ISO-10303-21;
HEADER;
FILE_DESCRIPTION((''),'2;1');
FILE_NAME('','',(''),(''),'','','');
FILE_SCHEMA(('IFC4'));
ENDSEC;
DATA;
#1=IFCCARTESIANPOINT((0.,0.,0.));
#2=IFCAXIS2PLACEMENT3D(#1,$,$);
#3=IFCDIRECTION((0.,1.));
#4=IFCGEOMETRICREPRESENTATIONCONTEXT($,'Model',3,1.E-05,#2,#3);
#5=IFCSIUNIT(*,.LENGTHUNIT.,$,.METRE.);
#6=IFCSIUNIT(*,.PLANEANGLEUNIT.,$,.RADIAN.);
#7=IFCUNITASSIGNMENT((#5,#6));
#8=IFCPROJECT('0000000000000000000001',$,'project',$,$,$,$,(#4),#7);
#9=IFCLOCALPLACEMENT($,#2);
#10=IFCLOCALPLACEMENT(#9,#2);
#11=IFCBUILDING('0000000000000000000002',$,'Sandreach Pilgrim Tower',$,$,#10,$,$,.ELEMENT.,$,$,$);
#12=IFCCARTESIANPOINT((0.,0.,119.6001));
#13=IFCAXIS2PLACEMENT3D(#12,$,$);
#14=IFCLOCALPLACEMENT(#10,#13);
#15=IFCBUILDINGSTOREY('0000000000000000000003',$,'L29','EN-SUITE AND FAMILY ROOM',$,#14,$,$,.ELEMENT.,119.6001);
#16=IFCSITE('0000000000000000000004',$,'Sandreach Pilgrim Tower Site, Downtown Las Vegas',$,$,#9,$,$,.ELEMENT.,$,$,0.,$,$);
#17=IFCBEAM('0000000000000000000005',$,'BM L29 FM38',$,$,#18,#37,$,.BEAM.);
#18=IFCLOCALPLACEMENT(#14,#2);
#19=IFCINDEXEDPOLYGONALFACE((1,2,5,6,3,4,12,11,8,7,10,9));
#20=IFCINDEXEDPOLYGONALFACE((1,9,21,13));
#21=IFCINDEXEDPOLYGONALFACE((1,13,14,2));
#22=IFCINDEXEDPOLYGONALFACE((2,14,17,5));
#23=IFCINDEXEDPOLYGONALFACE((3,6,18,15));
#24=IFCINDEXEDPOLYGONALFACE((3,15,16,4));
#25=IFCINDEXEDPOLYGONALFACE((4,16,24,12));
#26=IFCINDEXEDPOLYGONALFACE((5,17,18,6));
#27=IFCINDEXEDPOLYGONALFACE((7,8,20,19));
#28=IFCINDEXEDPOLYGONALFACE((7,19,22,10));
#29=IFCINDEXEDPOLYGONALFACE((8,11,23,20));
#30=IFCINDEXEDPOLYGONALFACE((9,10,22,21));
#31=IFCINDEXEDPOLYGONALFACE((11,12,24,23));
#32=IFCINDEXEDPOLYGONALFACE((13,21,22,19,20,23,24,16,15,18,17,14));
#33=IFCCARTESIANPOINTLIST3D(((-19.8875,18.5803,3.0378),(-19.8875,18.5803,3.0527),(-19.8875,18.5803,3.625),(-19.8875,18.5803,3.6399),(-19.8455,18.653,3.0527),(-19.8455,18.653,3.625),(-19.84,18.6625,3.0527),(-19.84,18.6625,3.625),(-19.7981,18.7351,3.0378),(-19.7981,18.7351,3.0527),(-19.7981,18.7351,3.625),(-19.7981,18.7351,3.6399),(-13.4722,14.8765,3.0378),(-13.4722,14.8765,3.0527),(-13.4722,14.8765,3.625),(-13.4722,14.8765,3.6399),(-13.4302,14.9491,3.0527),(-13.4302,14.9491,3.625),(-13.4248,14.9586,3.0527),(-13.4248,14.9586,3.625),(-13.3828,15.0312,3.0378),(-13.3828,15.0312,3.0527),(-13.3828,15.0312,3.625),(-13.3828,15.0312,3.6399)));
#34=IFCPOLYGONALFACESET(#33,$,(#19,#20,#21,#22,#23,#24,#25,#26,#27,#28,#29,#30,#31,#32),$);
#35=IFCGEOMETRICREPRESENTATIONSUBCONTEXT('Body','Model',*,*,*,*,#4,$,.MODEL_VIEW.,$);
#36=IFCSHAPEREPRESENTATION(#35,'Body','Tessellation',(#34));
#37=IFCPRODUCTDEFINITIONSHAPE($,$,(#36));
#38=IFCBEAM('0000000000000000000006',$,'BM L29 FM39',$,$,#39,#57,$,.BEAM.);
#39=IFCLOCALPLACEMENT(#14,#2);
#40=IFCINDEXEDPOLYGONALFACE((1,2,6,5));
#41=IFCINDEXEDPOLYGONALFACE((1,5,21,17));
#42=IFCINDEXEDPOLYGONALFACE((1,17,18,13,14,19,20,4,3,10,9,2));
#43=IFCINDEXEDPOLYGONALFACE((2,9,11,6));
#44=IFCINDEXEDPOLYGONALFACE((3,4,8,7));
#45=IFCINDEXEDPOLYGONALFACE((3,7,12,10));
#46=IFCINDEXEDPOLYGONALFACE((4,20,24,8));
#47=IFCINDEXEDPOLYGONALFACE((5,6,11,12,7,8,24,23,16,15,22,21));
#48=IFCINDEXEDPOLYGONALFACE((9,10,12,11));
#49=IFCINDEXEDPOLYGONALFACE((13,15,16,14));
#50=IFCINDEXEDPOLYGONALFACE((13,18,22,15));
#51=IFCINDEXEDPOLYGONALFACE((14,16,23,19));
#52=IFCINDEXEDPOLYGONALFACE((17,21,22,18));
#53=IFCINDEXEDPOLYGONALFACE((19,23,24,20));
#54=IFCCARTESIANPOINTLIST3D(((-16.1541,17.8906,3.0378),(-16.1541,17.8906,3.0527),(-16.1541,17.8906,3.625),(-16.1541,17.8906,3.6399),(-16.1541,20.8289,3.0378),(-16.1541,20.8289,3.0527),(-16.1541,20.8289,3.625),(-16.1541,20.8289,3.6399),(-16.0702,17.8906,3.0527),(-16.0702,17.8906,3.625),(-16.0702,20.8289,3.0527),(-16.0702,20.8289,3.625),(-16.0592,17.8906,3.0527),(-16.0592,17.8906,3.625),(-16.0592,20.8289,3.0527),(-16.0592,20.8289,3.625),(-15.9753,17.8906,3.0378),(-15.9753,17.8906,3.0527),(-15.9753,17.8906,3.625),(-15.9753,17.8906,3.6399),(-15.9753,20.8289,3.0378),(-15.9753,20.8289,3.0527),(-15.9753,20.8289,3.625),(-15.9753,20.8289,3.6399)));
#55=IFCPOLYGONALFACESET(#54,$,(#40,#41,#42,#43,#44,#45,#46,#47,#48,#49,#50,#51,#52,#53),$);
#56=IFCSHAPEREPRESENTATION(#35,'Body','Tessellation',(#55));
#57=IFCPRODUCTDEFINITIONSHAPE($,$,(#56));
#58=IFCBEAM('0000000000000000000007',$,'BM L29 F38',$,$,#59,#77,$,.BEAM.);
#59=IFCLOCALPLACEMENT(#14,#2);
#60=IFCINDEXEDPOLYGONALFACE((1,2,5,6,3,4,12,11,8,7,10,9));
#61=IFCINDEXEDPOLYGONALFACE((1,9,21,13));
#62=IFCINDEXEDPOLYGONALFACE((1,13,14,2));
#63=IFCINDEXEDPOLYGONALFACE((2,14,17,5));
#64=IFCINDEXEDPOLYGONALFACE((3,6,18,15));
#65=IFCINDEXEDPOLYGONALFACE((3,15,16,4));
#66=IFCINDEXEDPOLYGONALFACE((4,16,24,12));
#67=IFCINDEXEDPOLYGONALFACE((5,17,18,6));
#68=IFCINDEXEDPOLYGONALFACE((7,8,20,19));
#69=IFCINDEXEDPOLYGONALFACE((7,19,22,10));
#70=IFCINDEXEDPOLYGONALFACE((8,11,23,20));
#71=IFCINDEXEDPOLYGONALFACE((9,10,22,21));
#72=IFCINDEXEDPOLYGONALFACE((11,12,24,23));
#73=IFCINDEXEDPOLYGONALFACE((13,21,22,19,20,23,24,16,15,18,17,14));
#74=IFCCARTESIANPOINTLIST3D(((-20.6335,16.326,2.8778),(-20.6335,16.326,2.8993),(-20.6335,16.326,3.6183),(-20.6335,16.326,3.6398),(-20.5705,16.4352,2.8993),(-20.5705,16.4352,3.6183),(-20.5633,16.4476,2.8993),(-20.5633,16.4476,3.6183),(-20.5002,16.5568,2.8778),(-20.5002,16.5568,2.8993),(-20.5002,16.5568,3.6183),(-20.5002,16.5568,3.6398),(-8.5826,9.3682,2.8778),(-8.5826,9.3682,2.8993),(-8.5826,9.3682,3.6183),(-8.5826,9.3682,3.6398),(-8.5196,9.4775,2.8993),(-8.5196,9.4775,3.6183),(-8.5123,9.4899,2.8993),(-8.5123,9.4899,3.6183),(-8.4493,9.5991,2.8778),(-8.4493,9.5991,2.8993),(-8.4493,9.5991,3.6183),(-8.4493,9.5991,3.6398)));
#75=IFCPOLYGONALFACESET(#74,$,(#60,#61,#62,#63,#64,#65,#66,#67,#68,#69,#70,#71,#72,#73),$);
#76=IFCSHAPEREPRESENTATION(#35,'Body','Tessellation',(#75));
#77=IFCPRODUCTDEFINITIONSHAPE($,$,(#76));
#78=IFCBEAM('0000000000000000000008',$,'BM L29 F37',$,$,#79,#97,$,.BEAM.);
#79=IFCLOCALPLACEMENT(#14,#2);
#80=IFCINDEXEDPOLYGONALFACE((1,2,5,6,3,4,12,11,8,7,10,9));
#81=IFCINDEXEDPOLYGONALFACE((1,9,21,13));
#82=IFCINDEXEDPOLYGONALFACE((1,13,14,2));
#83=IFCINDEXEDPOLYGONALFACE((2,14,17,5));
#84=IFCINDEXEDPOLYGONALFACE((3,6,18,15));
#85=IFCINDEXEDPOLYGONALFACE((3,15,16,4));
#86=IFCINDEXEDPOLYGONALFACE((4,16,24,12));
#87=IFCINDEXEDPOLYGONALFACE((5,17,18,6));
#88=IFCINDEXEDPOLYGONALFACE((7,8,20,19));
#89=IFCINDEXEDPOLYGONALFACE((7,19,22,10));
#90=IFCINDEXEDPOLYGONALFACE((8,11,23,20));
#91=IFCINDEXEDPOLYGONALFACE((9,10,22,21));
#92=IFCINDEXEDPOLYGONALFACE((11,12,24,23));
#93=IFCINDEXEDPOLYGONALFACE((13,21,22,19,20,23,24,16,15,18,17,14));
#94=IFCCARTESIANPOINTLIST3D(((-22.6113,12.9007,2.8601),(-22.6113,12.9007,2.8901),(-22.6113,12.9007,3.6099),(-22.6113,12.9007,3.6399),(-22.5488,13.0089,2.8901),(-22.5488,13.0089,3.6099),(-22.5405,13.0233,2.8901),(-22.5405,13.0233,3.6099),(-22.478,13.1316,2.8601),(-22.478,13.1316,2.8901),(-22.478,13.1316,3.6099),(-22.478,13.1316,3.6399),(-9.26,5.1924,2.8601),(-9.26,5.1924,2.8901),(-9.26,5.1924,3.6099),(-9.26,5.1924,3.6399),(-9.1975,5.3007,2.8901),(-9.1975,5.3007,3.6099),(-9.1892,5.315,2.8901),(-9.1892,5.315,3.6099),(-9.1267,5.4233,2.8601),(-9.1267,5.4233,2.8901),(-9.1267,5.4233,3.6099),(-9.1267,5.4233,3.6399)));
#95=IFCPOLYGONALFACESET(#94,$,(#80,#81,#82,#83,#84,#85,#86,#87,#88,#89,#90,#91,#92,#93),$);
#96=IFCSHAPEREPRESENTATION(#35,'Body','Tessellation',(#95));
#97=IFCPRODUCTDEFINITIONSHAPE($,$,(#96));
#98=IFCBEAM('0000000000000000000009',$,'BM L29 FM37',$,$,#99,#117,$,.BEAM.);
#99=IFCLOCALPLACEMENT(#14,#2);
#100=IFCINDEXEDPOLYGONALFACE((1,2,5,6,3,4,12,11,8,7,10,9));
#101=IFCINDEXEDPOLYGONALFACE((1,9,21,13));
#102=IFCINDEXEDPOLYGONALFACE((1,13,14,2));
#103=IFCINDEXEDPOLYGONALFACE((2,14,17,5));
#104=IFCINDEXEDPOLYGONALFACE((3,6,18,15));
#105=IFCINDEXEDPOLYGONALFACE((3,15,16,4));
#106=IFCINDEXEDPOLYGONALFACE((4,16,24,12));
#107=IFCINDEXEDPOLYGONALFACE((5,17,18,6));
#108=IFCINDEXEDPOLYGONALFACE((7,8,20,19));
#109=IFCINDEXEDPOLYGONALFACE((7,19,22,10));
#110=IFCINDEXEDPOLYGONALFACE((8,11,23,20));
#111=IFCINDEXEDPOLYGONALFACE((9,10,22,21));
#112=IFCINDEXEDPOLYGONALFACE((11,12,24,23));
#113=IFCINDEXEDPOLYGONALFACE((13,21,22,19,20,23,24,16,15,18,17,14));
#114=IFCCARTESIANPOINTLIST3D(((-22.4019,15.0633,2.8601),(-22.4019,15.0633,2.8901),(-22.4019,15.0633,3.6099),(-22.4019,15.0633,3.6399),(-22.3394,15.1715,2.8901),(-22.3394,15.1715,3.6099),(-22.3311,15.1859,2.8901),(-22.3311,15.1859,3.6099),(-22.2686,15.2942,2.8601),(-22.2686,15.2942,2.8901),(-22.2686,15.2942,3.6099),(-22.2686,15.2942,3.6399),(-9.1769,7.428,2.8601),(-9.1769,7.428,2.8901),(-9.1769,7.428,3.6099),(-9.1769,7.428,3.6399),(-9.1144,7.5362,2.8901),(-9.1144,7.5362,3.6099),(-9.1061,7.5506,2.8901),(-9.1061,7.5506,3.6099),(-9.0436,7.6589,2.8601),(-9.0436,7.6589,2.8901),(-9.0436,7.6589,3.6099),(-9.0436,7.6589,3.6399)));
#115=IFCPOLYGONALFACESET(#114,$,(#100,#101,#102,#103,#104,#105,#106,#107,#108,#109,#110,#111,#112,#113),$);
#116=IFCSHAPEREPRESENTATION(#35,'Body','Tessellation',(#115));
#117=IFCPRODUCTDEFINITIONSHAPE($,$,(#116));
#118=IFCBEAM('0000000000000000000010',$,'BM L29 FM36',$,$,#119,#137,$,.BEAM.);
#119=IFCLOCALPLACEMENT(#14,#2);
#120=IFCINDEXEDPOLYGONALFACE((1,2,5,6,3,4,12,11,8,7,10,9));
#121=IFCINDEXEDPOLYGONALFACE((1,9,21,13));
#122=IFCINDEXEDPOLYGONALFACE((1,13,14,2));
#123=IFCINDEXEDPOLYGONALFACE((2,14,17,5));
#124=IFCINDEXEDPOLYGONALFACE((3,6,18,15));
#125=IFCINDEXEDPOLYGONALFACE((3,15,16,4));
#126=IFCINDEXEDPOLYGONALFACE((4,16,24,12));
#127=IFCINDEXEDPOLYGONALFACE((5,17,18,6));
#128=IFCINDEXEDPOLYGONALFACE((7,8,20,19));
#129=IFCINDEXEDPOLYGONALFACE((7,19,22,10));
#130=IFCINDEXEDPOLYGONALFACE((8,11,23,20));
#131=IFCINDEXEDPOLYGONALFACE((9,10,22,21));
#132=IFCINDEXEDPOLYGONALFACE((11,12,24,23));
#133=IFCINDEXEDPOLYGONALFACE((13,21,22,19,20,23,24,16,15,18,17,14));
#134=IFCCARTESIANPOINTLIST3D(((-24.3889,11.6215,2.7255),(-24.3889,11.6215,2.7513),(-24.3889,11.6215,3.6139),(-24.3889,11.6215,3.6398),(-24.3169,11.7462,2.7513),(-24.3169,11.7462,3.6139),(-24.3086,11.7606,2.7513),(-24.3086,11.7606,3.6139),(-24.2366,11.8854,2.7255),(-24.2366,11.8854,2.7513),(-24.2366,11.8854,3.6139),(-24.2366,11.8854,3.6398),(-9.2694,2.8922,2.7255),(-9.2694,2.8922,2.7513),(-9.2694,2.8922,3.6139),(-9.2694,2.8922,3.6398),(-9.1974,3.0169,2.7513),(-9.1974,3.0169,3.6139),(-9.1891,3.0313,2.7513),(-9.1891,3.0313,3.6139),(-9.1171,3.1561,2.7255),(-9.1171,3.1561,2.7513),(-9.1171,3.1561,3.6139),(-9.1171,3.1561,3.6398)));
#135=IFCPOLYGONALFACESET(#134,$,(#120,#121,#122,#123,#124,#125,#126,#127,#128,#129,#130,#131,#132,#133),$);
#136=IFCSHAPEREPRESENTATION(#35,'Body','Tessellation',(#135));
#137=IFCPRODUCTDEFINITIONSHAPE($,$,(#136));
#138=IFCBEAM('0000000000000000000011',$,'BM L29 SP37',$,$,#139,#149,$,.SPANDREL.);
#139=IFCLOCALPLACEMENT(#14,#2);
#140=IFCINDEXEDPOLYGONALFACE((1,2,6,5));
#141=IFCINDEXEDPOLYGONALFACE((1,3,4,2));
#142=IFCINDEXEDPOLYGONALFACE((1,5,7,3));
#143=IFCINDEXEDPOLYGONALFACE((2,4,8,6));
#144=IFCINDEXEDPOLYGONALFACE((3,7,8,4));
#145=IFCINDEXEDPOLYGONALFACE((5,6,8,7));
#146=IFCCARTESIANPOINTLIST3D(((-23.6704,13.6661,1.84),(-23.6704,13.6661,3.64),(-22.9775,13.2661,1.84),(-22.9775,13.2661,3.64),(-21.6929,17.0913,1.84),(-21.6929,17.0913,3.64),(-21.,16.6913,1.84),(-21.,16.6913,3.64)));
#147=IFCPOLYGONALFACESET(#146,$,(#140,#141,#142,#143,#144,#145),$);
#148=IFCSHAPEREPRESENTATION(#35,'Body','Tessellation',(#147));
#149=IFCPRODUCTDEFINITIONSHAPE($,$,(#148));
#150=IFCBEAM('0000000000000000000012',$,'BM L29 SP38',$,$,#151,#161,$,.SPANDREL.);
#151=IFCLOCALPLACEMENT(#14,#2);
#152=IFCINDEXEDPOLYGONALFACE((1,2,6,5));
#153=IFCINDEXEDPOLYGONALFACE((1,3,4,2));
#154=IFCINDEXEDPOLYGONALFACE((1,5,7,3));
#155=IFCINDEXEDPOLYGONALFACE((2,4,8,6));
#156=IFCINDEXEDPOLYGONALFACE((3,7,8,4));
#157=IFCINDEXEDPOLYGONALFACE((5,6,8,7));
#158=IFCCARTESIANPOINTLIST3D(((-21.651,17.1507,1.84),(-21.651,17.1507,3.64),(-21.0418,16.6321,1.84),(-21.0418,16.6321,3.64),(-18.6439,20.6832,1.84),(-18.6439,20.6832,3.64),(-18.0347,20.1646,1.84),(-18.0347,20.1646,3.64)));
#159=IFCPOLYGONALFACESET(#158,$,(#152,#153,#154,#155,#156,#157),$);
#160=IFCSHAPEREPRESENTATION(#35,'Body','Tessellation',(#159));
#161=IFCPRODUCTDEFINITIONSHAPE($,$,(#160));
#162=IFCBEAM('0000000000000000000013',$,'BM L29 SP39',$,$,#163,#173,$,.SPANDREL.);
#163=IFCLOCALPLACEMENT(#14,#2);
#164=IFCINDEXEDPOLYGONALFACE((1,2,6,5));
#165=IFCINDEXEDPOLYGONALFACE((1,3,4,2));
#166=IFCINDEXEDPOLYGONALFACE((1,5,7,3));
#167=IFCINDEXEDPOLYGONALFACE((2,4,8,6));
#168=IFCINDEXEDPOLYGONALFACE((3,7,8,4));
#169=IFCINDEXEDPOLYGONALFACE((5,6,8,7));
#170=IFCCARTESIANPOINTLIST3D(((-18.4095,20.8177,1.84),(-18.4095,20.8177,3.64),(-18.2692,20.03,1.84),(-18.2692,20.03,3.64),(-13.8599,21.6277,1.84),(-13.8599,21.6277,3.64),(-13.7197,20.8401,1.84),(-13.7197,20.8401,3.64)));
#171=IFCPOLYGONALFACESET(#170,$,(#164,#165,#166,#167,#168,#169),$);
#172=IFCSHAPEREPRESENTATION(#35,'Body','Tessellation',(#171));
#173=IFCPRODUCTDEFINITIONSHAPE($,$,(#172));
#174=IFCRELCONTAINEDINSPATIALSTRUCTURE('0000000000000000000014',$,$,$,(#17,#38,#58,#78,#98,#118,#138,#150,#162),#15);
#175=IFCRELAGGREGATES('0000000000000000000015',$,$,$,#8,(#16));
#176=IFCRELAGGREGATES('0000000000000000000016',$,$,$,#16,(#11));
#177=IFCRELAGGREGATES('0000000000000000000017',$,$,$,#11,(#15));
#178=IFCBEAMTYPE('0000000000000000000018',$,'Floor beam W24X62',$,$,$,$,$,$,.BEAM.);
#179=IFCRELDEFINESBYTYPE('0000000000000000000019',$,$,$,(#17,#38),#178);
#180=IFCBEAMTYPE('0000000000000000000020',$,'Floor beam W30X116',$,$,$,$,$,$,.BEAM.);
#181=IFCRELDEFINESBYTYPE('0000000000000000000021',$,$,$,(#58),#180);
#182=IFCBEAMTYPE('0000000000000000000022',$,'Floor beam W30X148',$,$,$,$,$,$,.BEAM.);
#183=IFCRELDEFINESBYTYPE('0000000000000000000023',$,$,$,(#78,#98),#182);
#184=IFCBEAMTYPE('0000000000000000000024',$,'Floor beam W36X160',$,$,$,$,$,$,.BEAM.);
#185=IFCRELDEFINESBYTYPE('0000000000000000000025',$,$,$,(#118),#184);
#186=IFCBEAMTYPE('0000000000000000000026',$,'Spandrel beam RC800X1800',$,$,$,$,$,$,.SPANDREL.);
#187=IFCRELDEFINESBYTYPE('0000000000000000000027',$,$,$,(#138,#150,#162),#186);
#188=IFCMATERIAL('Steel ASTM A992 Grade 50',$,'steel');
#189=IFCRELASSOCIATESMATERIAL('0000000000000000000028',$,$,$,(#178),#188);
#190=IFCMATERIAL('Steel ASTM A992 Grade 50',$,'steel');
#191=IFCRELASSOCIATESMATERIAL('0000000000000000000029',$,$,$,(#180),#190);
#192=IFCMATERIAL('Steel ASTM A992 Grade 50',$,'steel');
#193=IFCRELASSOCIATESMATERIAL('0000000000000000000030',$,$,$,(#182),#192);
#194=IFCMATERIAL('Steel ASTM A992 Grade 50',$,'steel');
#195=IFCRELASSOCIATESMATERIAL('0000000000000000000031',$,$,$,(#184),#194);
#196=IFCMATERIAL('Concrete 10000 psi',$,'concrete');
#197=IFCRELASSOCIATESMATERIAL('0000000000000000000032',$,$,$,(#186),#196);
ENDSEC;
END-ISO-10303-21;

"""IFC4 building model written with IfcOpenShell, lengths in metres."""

from ifc_helpers import new_model, si_unit, direction, frame, origin, origin_2d, place, context, subcontext, project, spatial, rectangle, i_section, extrude, material, material_profile, profile_set, type_object, element, save


model = new_model("IFC4")

# Units and contexts
model_context = context("Model", 3, precision=1e-05, world=origin(), true_north=direction((0.0, 1.0)))
body_context = subcontext(model_context, "Body", "Model", "MODEL_VIEW")
ifc_project = project(units=[si_unit("LENGTHUNIT", "METRE"), si_unit("PLANEANGLEUNIT", "RADIAN")], contexts=[model_context])

# Site, building, storey
site_placement = place(None, origin())
site = spatial("IfcSite", under=ifc_project, at=site_placement, Name="Sandreach Pilgrim Tower Site, Downtown Las Vegas", CompositionType="ELEMENT", RefElevation=0.0)
building_placement = place(site_placement, origin())
building = spatial("IfcBuilding", under=site, at=building_placement, Name="Sandreach Pilgrim Tower", CompositionType="ELEMENT")
storey_placement = place(building_placement, frame((0.0, 0.0, 119.6001)))
storey = spatial("IfcBuildingStorey", under=building, at=storey_placement, Name="L29", Description="EN-SUITE AND FAMILY ROOM", CompositionType="ELEMENT", Elevation=119.6001)

# Beams
ifc_material_1 = material(Name="Steel ASTM A992 Grade 50", Category="steel")
ifc_material_profile_1 = material_profile(ifc_material_1, i_section(OverallWidth=0.1787, OverallDepth=0.6021, WebThickness=0.011, FlangeThickness=0.0149, at=origin_2d()), Name="W24X62")
ifc_profile_set_1 = profile_set([ifc_material_profile_1], Name="Steel ASTM A992 Grade 50")
beam_type_1 = type_object("IfcBeamType", Name="Floor beam W24X62", PredefinedType="BEAM", material=ifc_profile_set_1)
beam_1_placement = place(storey_placement, frame((-19.8428, 18.6577, 3.3389), z_axis=(0.866026, -0.499999, 0.0), x_axis=(0.499999, 0.866026, 0.0)))
element("IfcBeam", 1, at=beam_1_placement, inside=storey, type_object=beam_type_1, Name="BM L29 FM38", PredefinedType="BEAM", context=body_context, shape_type="SweptSolid", body=[
    extrude(i_section(OverallWidth=0.1787, OverallDepth=0.6021, WebThickness=0.011, FlangeThickness=0.0149, at=origin_2d()), origin(), (0.0, 0.0, 1.0), 7.4077),
])
beam_2_placement = place(storey_placement, frame((-16.0647, 20.8289, 3.3389), z_axis=(0.0, -1.0, 0.0), x_axis=(1.0, 0.0, 0.0)))
element("IfcBeam", 2, at=beam_2_placement, inside=storey, type_object=beam_type_1, Name="BM L29 FM39", PredefinedType="BEAM", context=body_context, shape_type="SweptSolid", body=[
    extrude(i_section(OverallWidth=0.1787, OverallDepth=0.6021, WebThickness=0.011, FlangeThickness=0.0149, at=origin_2d()), origin(), (0.0, 0.0, 1.0), 2.9382),
])
ifc_material_2 = material(Name="Steel ASTM A992 Grade 50", Category="steel")
ifc_material_profile_2 = material_profile(ifc_material_2, i_section(OverallWidth=0.2666, OverallDepth=0.762, WebThickness=0.0144, FlangeThickness=0.0215, at=origin_2d()), Name="W30X116")
ifc_profile_set_2 = profile_set([ifc_material_profile_2], Name="Steel ASTM A992 Grade 50")
beam_type_2 = type_object("IfcBeamType", Name="Floor beam W30X116", PredefinedType="BEAM", material=ifc_profile_set_2)
beam_3_placement = place(storey_placement, frame((-20.5669, 16.4414, 3.2588), z_axis=(0.866022, -0.500005, 0.0), x_axis=(0.500005, 0.866022, 0.0)))
element("IfcBeam", 3, at=beam_3_placement, inside=storey, type_object=beam_type_2, Name="BM L29 F38", PredefinedType="BEAM", context=body_context, shape_type="SweptSolid", body=[
    extrude(i_section(OverallWidth=0.2666, OverallDepth=0.762, WebThickness=0.0144, FlangeThickness=0.0215, at=origin_2d()), origin(), (0.0, 0.0, 1.0), 13.9153),
])
ifc_material_3 = material(Name="Steel ASTM A992 Grade 50", Category="steel")
ifc_material_profile_3 = material_profile(ifc_material_3, i_section(OverallWidth=0.2666, OverallDepth=0.7798, WebThickness=0.0166, FlangeThickness=0.03, at=origin_2d()), Name="W30X148")
ifc_profile_set_3 = profile_set([ifc_material_profile_3], Name="Steel ASTM A992 Grade 50")
beam_type_3 = type_object("IfcBeamType", Name="Floor beam W30X148", PredefinedType="BEAM", material=ifc_profile_set_3)
beam_4_placement = place(storey_placement, frame((-22.5447, 13.0161, 3.25), z_axis=(0.866029, -0.499993, 0.0), x_axis=(0.499993, 0.866029, 0.0)))
element("IfcBeam", 4, at=beam_4_placement, inside=storey, type_object=beam_type_3, Name="BM L29 F37", PredefinedType="BEAM", context=body_context, shape_type="SweptSolid", body=[
    extrude(i_section(OverallWidth=0.2666, OverallDepth=0.7798, WebThickness=0.0166, FlangeThickness=0.03, at=origin_2d()), origin(), (0.0, 0.0, 1.0), 15.4167),
])
beam_5_placement = place(storey_placement, frame((-22.3352, 15.1787, 3.25), z_axis=(0.866029, -0.499994, 0.0), x_axis=(0.499994, 0.866029, 0.0)))
element("IfcBeam", 5, at=beam_5_placement, inside=storey, type_object=beam_type_3, Name="BM L29 FM37", PredefinedType="BEAM", context=body_context, shape_type="SweptSolid", body=[
    extrude(i_section(OverallWidth=0.2666, OverallDepth=0.7798, WebThickness=0.0166, FlangeThickness=0.03, at=origin_2d()), origin(), (0.0, 0.0, 1.0), 15.2708),
])
ifc_material_4 = material(Name="Steel ASTM A992 Grade 50", Category="steel")
ifc_material_profile_4 = material_profile(ifc_material_4, i_section(OverallWidth=0.3047, OverallDepth=0.9143, WebThickness=0.0166, FlangeThickness=0.0259, at=origin_2d()), Name="W36X160")
ifc_profile_set_4 = profile_set([ifc_material_profile_4], Name="Steel ASTM A992 Grade 50")
beam_type_4 = type_object("IfcBeamType", Name="Floor beam W36X160", PredefinedType="BEAM", material=ifc_profile_set_4)
beam_6_placement = place(storey_placement, frame((-24.3127, 11.7534, 3.1826), z_axis=(0.866024, -0.500003, 0.0), x_axis=(0.500003, 0.866024, 0.0)))
element("IfcBeam", 6, at=beam_6_placement, inside=storey, type_object=beam_type_4, Name="BM L29 FM36", PredefinedType="BEAM", context=body_context, shape_type="SweptSolid", body=[
    extrude(i_section(OverallWidth=0.3047, OverallDepth=0.9143, WebThickness=0.0166, FlangeThickness=0.0259, at=origin_2d()), origin(), (0.0, 0.0, 1.0), 17.4585),
])
ifc_material_5 = material(Name="Concrete 10000 psi", Category="concrete")
ifc_material_profile_5 = material_profile(ifc_material_5, rectangle(XDim=0.8, YDim=1.8, at=origin_2d()), Name="RC800X1800")
ifc_profile_set_5 = profile_set([ifc_material_profile_5], Name="Concrete 10000 psi")
beam_type_5 = type_object("IfcBeamType", Name="Spandrel beam RC800X1800", PredefinedType="SPANDREL", material=ifc_profile_set_5)
beam_7_placement = place(storey_placement, frame((-23.324, 13.4661, 2.74), z_axis=(0.49999, 0.866031, 0.0), x_axis=(-0.866031, 0.49999, 0.0)))
element("IfcBeam", 7, at=beam_7_placement, inside=storey, type_object=beam_type_5, Name="BM L29 SP37", PredefinedType="SPANDREL", context=body_context, shape_type="SweptSolid", body=[
    extrude(rectangle(XDim=0.8, YDim=1.8, at=origin_2d()), origin(), (0.0, 0.0, 1.0), 3.9551),
])
beam_8_placement = place(storey_placement, frame((-21.3464, 16.8914, 2.74), z_axis=(0.648209, 0.761463, 0.0), x_axis=(-0.761463, 0.648209, 0.0)))
element("IfcBeam", 8, at=beam_8_placement, inside=storey, type_object=beam_type_5, Name="BM L29 SP38", PredefinedType="SPANDREL", context=body_context, shape_type="SweptSolid", body=[
    extrude(rectangle(XDim=0.8, YDim=1.8, at=origin_2d()), origin(), (0.0, 0.0, 1.0), 4.6392),
])
beam_9_placement = place(storey_placement, frame((-18.3394, 20.4238, 2.74), z_axis=(0.984516, 0.175295, 0.0), x_axis=(-0.175295, 0.984516, 0.0)))
element("IfcBeam", 9, at=beam_9_placement, inside=storey, type_object=beam_type_5, Name="BM L29 SP39", PredefinedType="SPANDREL", context=body_context, shape_type="SweptSolid", body=[
    extrude(rectangle(XDim=0.8, YDim=1.8, at=origin_2d()), origin(), (0.0, 0.0, 1.0), 4.6211),
])

save(model, "model.ifc")
